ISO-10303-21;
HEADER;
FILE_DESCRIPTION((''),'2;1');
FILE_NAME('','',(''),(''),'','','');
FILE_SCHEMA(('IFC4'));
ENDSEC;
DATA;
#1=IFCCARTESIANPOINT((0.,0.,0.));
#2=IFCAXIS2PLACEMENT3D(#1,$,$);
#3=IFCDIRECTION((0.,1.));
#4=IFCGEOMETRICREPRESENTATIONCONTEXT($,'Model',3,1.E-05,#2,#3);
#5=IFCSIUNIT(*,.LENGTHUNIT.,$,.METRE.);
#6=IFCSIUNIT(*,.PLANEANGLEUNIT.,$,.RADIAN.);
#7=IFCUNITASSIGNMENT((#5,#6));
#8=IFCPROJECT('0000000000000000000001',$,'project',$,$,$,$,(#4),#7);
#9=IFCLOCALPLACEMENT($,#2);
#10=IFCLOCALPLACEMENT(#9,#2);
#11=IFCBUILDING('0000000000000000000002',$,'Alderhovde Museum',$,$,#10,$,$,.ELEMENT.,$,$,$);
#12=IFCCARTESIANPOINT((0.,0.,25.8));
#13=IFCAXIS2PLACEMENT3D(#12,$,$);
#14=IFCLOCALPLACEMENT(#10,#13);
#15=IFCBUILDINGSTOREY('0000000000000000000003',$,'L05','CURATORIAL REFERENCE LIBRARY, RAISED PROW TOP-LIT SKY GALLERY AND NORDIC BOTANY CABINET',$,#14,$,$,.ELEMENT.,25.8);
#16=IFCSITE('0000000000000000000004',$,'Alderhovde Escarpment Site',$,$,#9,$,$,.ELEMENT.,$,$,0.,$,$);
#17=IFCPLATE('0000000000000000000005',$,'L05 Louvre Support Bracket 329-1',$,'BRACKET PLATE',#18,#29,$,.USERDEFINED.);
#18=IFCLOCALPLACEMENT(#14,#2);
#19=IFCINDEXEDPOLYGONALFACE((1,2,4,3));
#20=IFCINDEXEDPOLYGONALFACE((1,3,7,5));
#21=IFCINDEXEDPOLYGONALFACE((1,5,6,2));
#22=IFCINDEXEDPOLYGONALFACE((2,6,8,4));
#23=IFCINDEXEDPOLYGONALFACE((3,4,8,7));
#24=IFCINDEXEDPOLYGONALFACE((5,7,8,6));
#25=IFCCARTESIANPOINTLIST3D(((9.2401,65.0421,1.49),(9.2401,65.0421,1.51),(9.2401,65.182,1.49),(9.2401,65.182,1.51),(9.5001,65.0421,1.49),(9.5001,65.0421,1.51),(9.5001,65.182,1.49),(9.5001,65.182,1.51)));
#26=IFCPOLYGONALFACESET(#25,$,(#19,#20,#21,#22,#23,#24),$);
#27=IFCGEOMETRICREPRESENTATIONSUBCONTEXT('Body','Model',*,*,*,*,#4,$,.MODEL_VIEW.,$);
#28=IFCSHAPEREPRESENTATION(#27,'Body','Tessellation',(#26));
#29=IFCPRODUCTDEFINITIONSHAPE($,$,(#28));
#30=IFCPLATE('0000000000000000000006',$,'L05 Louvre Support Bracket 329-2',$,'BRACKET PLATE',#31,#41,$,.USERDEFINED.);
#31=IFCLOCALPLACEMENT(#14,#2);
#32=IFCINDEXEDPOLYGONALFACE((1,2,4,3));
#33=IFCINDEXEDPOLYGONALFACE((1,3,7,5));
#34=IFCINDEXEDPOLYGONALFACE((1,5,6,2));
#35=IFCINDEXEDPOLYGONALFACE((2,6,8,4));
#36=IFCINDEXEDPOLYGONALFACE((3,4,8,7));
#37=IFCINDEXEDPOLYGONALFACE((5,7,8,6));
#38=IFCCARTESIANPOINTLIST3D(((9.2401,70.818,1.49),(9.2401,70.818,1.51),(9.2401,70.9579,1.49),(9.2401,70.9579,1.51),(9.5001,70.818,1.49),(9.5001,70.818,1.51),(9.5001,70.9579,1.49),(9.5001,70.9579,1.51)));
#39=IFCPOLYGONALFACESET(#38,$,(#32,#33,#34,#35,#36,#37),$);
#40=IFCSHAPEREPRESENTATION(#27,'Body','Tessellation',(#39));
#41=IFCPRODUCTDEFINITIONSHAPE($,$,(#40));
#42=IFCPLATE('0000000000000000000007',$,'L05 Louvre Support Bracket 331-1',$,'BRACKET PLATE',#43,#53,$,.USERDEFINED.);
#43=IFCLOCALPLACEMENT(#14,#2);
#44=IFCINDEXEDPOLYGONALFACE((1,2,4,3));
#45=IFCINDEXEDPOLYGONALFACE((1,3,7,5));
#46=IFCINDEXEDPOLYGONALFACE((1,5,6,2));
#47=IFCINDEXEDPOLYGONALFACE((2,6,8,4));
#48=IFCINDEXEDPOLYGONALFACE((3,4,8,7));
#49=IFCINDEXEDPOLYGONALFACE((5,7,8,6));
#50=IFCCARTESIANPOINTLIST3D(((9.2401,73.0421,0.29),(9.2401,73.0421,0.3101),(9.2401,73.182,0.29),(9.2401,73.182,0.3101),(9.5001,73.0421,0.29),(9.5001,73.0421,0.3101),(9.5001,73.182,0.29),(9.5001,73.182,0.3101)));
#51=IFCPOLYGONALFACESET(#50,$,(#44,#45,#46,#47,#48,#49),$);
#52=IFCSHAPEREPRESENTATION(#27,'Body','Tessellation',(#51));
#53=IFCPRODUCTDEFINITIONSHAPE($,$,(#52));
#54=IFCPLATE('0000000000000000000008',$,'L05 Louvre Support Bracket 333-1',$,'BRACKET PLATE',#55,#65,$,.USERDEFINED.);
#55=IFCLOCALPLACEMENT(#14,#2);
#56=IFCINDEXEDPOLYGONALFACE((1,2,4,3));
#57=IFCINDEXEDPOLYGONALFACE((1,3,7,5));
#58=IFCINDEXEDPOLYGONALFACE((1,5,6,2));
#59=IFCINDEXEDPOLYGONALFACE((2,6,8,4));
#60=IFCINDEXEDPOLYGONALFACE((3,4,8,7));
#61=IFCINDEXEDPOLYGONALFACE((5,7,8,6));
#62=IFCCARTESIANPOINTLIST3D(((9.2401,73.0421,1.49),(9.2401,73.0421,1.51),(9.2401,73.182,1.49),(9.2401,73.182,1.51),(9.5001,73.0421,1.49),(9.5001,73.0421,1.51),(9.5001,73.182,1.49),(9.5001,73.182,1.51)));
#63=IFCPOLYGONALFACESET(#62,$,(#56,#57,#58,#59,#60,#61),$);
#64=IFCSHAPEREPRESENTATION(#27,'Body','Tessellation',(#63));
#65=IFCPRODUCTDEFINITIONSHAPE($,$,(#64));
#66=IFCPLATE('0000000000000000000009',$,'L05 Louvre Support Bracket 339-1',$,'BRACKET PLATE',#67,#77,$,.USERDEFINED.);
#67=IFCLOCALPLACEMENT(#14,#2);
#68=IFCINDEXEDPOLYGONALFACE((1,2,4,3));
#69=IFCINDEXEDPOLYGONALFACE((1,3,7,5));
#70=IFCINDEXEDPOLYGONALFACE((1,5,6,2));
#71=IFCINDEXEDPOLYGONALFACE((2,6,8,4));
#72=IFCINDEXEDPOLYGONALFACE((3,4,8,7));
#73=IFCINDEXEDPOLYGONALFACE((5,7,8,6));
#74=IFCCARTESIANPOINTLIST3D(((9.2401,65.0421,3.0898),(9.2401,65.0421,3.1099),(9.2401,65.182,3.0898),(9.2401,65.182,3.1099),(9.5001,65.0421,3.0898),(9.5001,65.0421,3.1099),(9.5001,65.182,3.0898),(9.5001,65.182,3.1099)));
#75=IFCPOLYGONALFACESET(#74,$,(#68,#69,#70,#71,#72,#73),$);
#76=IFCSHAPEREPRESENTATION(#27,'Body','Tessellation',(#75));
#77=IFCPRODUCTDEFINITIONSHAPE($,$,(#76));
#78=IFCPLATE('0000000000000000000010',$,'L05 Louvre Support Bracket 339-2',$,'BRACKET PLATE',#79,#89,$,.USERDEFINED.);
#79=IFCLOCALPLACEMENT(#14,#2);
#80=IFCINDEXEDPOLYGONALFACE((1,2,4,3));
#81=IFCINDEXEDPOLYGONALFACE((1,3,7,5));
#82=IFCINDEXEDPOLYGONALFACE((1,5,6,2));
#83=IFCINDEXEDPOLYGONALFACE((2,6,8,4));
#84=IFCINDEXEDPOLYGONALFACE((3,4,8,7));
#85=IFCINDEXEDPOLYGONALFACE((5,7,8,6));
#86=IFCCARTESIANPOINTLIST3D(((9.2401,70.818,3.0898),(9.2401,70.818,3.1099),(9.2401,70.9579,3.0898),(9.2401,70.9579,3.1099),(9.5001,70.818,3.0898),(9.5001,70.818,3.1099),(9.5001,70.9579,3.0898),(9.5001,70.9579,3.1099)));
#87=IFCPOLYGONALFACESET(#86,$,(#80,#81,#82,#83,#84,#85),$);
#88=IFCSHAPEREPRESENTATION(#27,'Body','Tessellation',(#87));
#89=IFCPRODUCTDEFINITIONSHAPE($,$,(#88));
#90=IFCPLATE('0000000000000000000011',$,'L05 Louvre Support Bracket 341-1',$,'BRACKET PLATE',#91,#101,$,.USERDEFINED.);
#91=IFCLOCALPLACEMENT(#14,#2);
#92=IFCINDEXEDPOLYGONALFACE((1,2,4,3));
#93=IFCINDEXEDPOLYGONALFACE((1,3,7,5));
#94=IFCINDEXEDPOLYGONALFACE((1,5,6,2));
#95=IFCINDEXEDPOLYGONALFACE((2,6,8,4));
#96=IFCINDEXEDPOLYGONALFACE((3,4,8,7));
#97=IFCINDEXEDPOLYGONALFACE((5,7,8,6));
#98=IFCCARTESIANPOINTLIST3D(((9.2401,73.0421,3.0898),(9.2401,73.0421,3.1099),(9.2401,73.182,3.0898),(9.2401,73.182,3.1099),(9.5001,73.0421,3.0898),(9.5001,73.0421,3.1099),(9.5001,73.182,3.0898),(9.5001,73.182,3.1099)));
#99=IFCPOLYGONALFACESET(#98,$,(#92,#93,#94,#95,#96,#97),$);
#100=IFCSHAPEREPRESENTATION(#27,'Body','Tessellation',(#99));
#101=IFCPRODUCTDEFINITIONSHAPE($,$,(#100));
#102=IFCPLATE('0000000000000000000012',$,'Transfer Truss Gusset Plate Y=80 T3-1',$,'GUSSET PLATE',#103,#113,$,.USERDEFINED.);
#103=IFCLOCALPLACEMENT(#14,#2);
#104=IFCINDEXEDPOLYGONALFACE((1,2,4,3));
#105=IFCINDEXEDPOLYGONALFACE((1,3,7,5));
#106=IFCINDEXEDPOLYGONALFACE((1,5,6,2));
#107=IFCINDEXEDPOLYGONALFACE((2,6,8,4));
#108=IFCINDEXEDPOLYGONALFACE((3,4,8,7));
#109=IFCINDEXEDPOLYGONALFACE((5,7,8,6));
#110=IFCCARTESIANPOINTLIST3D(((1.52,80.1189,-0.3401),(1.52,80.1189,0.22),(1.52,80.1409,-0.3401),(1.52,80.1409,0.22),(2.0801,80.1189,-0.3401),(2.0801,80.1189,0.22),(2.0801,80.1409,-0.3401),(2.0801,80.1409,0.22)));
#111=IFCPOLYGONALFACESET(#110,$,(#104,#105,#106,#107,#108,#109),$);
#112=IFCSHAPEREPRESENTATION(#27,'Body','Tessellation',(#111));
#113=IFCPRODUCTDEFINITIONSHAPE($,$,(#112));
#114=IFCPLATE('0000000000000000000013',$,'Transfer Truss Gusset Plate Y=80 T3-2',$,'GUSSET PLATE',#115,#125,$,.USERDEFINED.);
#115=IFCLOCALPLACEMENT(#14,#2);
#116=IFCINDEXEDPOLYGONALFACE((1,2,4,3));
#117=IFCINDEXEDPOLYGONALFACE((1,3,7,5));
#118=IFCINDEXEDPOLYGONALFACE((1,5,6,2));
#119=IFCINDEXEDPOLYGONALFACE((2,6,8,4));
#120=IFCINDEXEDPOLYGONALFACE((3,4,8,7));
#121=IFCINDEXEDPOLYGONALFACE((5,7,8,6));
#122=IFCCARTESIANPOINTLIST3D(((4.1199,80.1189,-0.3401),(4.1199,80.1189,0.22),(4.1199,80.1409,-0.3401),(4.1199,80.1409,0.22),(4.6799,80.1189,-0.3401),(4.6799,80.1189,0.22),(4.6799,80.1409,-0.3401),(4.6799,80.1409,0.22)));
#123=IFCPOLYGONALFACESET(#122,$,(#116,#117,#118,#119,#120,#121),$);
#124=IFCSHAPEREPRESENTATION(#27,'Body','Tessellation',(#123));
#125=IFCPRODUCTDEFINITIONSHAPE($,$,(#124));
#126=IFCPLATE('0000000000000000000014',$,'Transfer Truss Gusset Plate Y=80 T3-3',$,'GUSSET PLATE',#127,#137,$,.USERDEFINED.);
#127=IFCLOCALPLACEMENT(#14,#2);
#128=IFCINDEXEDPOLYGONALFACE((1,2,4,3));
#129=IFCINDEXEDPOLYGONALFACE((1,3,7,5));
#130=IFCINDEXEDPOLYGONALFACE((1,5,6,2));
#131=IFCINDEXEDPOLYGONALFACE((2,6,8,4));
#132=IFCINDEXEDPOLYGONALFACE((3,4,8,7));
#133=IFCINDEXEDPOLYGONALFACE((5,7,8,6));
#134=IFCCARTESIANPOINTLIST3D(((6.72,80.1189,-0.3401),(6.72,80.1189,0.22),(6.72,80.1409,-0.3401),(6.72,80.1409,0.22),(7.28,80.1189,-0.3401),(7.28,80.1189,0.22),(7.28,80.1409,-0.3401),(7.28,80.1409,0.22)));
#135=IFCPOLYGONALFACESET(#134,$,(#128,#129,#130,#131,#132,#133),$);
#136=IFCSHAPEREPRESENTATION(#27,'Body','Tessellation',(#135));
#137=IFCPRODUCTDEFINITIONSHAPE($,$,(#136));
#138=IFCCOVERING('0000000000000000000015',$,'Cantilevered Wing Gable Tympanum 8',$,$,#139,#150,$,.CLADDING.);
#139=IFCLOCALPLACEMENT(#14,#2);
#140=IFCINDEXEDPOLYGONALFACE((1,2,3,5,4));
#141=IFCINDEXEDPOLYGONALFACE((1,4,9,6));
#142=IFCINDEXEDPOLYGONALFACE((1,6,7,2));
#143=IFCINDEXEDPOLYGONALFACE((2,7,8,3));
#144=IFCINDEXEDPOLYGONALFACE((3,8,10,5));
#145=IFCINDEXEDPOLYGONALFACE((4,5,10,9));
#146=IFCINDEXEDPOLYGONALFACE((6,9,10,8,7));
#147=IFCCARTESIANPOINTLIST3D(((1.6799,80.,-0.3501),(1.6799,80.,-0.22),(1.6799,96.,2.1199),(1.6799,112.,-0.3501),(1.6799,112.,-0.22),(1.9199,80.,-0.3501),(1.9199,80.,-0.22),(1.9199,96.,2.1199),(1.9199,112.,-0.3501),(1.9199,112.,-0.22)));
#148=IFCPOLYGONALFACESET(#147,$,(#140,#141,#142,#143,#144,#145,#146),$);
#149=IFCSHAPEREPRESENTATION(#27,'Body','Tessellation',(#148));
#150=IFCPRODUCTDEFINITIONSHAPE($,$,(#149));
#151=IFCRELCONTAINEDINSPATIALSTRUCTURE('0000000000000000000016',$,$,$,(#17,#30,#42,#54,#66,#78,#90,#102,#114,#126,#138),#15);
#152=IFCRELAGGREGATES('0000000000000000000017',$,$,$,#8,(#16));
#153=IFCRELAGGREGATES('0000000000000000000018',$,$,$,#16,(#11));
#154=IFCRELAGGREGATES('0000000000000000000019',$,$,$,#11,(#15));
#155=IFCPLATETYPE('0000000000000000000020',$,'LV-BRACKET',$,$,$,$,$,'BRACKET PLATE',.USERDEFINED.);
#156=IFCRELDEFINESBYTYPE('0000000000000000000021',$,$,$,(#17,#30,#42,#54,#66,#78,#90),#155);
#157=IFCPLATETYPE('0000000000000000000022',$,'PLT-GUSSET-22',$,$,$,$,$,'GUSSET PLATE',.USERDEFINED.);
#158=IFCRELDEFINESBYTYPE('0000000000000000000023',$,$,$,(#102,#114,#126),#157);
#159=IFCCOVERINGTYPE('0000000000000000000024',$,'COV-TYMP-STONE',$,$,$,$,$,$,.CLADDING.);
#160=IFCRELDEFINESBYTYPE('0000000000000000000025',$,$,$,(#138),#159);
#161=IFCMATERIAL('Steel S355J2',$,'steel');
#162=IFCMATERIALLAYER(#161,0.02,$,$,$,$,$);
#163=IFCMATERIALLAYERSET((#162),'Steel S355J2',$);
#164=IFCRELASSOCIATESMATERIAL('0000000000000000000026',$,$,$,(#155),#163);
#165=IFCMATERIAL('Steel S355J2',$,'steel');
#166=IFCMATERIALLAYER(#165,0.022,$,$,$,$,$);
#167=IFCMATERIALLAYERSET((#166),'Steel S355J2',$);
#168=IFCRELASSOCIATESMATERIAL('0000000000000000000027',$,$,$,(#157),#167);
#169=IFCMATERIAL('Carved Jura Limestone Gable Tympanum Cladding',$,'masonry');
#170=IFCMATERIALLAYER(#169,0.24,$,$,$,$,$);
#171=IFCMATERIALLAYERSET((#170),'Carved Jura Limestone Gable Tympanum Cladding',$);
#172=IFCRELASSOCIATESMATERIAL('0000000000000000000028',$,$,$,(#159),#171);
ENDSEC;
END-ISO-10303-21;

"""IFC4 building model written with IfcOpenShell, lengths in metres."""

from ifc_helpers import new_model, si_unit, direction, frame, origin, origin_2d, place, context, subcontext, project, spatial, polyline, rectangle, outline, extrude, material, layer, layer_set, type_object, element, save


model = new_model("IFC4")

# Units and contexts
model_context = context("Model", 3, precision=1e-05, world=origin(), true_north=direction((0.0, 1.0)))
body_context = subcontext(model_context, "Body", "Model", "MODEL_VIEW")
ifc_project = project(units=[si_unit("LENGTHUNIT", "METRE"), si_unit("PLANEANGLEUNIT", "RADIAN")], contexts=[model_context])

# Site, building, storey
site_placement = place(None, origin())
site = spatial("IfcSite", under=ifc_project, at=site_placement, Name="Alderhovde Escarpment Site", CompositionType="ELEMENT", RefElevation=0.0)
building_placement = place(site_placement, origin())
building = spatial("IfcBuilding", under=site, at=building_placement, Name="Alderhovde Museum", CompositionType="ELEMENT")
storey_placement = place(building_placement, frame((0.0, 0.0, 25.8)))
storey = spatial("IfcBuildingStorey", under=building, at=storey_placement, Name="L05", Description="CURATORIAL REFERENCE LIBRARY, RAISED PROW TOP-LIT SKY GALLERY AND NORDIC BOTANY CABINET", CompositionType="ELEMENT", Elevation=25.8)

# Plates
ifc_material_1 = material(Name="Steel S355J2", Category="steel")
ifc_layer_1 = layer(ifc_material_1, 0.02)
ifc_layer_set_1 = layer_set([ifc_layer_1], Name="Steel S355J2")
plate_type_1 = type_object("IfcPlateType", Name="LV-BRACKET", ElementType="BRACKET PLATE", PredefinedType="USERDEFINED", material=ifc_layer_set_1)
for number, where, z_axis, x_axis, name in (
    (1, (9.3701, 65.1121, 1.49), (0.0, 0.0, 1.0), (0.0, 1.0, 0.0), "L05 Louvre Support Bracket 329-1"),
    (2, (9.3701, 70.8879, 1.49), (0.0, 0.0, 1.0), (0.0, 1.0, 0.0), "L05 Louvre Support Bracket 329-2"),
    (3, (9.3701, 73.1121, 0.29), (0.0, 0.0, 1.0), (0.0, 1.0, 0.0), "L05 Louvre Support Bracket 331-1"),
    (4, (9.3701, 73.1121, 1.49), (0.0, 0.0, 1.0), (0.0, 1.0, 0.0), "L05 Louvre Support Bracket 333-1"),
    (5, (9.3701, 65.1121, 3.0898), (0.0, 0.0, 1.0), (0.0, 1.0, 0.0), "L05 Louvre Support Bracket 339-1"),
    (6, (9.3701, 70.8879, 3.0898), (0.0, 0.0, 1.0), (0.0, 1.0, 0.0), "L05 Louvre Support Bracket 339-2"),
    (7, (9.3701, 73.1121, 3.0898), (0.0, 0.0, 1.0), (0.0, 1.0, 0.0), "L05 Louvre Support Bracket 341-1"),
):
    element("IfcPlate", number, at=place(storey_placement, frame(where, z_axis=z_axis, x_axis=x_axis)), inside=storey, type_object=plate_type_1, Name=name, ObjectType="BRACKET PLATE", PredefinedType="USERDEFINED", context=body_context, shape_type="SweptSolid", body=[
        extrude(rectangle(XDim=0.1399, YDim=0.26, at=origin_2d()), origin(), (0.0, 0.0, 1.0), 0.02),
    ])
ifc_material_2 = material(Name="Steel S355J2", Category="steel")
ifc_layer_2 = layer(ifc_material_2, 0.022)
ifc_layer_set_2 = layer_set([ifc_layer_2], Name="Steel S355J2")
plate_type_2 = type_object("IfcPlateType", Name="PLT-GUSSET-22", ElementType="GUSSET PLATE", PredefinedType="USERDEFINED", material=ifc_layer_set_2)
for number, where, z_axis, x_axis, name in (
    (8, (1.8, 80.1299, -0.3401), (0.0, 0.0, 1.0), (1.0, 0.0, 0.0), "Transfer Truss Gusset Plate Y=80 T3-1"),
    (9, (4.3999, 80.1299, -0.3401), (0.0, 0.0, 1.0), (1.0, 0.0, 0.0), "Transfer Truss Gusset Plate Y=80 T3-2"),
    (10, (7.0, 80.1299, -0.3401), (0.0, 0.0, 1.0), (1.0, 0.0, 0.0), "Transfer Truss Gusset Plate Y=80 T3-3"),
):
    element("IfcPlate", number, at=place(storey_placement, frame(where, z_axis=z_axis, x_axis=x_axis)), inside=storey, type_object=plate_type_2, Name=name, ObjectType="GUSSET PLATE", PredefinedType="USERDEFINED", context=body_context, shape_type="SweptSolid", body=[
        extrude(rectangle(XDim=0.5601, YDim=0.022, at=origin_2d()), origin(), (0.0, 0.0, 1.0), 0.5601),
    ])

# Covering
ifc_material_3 = material(Name="Carved Jura Limestone Gable Tympanum Cladding", Category="masonry")
ifc_layer_3 = layer(ifc_material_3, 0.24)
ifc_layer_set_3 = layer_set([ifc_layer_3], Name="Carved Jura Limestone Gable Tympanum Cladding")
covering_type = type_object("IfcCoveringType", Name="COV-TYMP-STONE", PredefinedType="CLADDING", material=ifc_layer_set_3)
covering_placement = place(storey_placement, frame((1.8, 80.0, -0.3501), z_axis=(0.0, 0.0, 1.0), x_axis=(0.0, 1.0, 0.0)))
element("IfcCovering", 11, at=covering_placement, inside=storey, type_object=covering_type, Name="Cantilevered Wing Gable Tympanum 8", PredefinedType="CLADDING", context=body_context, shape_type="SweptSolid", body=[
    extrude(outline(polyline([(0.0, 0.0), (32.0, 0.0), (32.0, 0.1301), (16.0, 2.47), (0.0, 0.1301), (0.0, 0.0)])), frame((0.0, 0.1201, 0.0), z_axis=(0.0, -1.0, 0.0), x_axis=(1.0, 0.0, 0.0)), (0.0, 0.0, 1.0), 0.24),
])

save(model, "model.ifc")
